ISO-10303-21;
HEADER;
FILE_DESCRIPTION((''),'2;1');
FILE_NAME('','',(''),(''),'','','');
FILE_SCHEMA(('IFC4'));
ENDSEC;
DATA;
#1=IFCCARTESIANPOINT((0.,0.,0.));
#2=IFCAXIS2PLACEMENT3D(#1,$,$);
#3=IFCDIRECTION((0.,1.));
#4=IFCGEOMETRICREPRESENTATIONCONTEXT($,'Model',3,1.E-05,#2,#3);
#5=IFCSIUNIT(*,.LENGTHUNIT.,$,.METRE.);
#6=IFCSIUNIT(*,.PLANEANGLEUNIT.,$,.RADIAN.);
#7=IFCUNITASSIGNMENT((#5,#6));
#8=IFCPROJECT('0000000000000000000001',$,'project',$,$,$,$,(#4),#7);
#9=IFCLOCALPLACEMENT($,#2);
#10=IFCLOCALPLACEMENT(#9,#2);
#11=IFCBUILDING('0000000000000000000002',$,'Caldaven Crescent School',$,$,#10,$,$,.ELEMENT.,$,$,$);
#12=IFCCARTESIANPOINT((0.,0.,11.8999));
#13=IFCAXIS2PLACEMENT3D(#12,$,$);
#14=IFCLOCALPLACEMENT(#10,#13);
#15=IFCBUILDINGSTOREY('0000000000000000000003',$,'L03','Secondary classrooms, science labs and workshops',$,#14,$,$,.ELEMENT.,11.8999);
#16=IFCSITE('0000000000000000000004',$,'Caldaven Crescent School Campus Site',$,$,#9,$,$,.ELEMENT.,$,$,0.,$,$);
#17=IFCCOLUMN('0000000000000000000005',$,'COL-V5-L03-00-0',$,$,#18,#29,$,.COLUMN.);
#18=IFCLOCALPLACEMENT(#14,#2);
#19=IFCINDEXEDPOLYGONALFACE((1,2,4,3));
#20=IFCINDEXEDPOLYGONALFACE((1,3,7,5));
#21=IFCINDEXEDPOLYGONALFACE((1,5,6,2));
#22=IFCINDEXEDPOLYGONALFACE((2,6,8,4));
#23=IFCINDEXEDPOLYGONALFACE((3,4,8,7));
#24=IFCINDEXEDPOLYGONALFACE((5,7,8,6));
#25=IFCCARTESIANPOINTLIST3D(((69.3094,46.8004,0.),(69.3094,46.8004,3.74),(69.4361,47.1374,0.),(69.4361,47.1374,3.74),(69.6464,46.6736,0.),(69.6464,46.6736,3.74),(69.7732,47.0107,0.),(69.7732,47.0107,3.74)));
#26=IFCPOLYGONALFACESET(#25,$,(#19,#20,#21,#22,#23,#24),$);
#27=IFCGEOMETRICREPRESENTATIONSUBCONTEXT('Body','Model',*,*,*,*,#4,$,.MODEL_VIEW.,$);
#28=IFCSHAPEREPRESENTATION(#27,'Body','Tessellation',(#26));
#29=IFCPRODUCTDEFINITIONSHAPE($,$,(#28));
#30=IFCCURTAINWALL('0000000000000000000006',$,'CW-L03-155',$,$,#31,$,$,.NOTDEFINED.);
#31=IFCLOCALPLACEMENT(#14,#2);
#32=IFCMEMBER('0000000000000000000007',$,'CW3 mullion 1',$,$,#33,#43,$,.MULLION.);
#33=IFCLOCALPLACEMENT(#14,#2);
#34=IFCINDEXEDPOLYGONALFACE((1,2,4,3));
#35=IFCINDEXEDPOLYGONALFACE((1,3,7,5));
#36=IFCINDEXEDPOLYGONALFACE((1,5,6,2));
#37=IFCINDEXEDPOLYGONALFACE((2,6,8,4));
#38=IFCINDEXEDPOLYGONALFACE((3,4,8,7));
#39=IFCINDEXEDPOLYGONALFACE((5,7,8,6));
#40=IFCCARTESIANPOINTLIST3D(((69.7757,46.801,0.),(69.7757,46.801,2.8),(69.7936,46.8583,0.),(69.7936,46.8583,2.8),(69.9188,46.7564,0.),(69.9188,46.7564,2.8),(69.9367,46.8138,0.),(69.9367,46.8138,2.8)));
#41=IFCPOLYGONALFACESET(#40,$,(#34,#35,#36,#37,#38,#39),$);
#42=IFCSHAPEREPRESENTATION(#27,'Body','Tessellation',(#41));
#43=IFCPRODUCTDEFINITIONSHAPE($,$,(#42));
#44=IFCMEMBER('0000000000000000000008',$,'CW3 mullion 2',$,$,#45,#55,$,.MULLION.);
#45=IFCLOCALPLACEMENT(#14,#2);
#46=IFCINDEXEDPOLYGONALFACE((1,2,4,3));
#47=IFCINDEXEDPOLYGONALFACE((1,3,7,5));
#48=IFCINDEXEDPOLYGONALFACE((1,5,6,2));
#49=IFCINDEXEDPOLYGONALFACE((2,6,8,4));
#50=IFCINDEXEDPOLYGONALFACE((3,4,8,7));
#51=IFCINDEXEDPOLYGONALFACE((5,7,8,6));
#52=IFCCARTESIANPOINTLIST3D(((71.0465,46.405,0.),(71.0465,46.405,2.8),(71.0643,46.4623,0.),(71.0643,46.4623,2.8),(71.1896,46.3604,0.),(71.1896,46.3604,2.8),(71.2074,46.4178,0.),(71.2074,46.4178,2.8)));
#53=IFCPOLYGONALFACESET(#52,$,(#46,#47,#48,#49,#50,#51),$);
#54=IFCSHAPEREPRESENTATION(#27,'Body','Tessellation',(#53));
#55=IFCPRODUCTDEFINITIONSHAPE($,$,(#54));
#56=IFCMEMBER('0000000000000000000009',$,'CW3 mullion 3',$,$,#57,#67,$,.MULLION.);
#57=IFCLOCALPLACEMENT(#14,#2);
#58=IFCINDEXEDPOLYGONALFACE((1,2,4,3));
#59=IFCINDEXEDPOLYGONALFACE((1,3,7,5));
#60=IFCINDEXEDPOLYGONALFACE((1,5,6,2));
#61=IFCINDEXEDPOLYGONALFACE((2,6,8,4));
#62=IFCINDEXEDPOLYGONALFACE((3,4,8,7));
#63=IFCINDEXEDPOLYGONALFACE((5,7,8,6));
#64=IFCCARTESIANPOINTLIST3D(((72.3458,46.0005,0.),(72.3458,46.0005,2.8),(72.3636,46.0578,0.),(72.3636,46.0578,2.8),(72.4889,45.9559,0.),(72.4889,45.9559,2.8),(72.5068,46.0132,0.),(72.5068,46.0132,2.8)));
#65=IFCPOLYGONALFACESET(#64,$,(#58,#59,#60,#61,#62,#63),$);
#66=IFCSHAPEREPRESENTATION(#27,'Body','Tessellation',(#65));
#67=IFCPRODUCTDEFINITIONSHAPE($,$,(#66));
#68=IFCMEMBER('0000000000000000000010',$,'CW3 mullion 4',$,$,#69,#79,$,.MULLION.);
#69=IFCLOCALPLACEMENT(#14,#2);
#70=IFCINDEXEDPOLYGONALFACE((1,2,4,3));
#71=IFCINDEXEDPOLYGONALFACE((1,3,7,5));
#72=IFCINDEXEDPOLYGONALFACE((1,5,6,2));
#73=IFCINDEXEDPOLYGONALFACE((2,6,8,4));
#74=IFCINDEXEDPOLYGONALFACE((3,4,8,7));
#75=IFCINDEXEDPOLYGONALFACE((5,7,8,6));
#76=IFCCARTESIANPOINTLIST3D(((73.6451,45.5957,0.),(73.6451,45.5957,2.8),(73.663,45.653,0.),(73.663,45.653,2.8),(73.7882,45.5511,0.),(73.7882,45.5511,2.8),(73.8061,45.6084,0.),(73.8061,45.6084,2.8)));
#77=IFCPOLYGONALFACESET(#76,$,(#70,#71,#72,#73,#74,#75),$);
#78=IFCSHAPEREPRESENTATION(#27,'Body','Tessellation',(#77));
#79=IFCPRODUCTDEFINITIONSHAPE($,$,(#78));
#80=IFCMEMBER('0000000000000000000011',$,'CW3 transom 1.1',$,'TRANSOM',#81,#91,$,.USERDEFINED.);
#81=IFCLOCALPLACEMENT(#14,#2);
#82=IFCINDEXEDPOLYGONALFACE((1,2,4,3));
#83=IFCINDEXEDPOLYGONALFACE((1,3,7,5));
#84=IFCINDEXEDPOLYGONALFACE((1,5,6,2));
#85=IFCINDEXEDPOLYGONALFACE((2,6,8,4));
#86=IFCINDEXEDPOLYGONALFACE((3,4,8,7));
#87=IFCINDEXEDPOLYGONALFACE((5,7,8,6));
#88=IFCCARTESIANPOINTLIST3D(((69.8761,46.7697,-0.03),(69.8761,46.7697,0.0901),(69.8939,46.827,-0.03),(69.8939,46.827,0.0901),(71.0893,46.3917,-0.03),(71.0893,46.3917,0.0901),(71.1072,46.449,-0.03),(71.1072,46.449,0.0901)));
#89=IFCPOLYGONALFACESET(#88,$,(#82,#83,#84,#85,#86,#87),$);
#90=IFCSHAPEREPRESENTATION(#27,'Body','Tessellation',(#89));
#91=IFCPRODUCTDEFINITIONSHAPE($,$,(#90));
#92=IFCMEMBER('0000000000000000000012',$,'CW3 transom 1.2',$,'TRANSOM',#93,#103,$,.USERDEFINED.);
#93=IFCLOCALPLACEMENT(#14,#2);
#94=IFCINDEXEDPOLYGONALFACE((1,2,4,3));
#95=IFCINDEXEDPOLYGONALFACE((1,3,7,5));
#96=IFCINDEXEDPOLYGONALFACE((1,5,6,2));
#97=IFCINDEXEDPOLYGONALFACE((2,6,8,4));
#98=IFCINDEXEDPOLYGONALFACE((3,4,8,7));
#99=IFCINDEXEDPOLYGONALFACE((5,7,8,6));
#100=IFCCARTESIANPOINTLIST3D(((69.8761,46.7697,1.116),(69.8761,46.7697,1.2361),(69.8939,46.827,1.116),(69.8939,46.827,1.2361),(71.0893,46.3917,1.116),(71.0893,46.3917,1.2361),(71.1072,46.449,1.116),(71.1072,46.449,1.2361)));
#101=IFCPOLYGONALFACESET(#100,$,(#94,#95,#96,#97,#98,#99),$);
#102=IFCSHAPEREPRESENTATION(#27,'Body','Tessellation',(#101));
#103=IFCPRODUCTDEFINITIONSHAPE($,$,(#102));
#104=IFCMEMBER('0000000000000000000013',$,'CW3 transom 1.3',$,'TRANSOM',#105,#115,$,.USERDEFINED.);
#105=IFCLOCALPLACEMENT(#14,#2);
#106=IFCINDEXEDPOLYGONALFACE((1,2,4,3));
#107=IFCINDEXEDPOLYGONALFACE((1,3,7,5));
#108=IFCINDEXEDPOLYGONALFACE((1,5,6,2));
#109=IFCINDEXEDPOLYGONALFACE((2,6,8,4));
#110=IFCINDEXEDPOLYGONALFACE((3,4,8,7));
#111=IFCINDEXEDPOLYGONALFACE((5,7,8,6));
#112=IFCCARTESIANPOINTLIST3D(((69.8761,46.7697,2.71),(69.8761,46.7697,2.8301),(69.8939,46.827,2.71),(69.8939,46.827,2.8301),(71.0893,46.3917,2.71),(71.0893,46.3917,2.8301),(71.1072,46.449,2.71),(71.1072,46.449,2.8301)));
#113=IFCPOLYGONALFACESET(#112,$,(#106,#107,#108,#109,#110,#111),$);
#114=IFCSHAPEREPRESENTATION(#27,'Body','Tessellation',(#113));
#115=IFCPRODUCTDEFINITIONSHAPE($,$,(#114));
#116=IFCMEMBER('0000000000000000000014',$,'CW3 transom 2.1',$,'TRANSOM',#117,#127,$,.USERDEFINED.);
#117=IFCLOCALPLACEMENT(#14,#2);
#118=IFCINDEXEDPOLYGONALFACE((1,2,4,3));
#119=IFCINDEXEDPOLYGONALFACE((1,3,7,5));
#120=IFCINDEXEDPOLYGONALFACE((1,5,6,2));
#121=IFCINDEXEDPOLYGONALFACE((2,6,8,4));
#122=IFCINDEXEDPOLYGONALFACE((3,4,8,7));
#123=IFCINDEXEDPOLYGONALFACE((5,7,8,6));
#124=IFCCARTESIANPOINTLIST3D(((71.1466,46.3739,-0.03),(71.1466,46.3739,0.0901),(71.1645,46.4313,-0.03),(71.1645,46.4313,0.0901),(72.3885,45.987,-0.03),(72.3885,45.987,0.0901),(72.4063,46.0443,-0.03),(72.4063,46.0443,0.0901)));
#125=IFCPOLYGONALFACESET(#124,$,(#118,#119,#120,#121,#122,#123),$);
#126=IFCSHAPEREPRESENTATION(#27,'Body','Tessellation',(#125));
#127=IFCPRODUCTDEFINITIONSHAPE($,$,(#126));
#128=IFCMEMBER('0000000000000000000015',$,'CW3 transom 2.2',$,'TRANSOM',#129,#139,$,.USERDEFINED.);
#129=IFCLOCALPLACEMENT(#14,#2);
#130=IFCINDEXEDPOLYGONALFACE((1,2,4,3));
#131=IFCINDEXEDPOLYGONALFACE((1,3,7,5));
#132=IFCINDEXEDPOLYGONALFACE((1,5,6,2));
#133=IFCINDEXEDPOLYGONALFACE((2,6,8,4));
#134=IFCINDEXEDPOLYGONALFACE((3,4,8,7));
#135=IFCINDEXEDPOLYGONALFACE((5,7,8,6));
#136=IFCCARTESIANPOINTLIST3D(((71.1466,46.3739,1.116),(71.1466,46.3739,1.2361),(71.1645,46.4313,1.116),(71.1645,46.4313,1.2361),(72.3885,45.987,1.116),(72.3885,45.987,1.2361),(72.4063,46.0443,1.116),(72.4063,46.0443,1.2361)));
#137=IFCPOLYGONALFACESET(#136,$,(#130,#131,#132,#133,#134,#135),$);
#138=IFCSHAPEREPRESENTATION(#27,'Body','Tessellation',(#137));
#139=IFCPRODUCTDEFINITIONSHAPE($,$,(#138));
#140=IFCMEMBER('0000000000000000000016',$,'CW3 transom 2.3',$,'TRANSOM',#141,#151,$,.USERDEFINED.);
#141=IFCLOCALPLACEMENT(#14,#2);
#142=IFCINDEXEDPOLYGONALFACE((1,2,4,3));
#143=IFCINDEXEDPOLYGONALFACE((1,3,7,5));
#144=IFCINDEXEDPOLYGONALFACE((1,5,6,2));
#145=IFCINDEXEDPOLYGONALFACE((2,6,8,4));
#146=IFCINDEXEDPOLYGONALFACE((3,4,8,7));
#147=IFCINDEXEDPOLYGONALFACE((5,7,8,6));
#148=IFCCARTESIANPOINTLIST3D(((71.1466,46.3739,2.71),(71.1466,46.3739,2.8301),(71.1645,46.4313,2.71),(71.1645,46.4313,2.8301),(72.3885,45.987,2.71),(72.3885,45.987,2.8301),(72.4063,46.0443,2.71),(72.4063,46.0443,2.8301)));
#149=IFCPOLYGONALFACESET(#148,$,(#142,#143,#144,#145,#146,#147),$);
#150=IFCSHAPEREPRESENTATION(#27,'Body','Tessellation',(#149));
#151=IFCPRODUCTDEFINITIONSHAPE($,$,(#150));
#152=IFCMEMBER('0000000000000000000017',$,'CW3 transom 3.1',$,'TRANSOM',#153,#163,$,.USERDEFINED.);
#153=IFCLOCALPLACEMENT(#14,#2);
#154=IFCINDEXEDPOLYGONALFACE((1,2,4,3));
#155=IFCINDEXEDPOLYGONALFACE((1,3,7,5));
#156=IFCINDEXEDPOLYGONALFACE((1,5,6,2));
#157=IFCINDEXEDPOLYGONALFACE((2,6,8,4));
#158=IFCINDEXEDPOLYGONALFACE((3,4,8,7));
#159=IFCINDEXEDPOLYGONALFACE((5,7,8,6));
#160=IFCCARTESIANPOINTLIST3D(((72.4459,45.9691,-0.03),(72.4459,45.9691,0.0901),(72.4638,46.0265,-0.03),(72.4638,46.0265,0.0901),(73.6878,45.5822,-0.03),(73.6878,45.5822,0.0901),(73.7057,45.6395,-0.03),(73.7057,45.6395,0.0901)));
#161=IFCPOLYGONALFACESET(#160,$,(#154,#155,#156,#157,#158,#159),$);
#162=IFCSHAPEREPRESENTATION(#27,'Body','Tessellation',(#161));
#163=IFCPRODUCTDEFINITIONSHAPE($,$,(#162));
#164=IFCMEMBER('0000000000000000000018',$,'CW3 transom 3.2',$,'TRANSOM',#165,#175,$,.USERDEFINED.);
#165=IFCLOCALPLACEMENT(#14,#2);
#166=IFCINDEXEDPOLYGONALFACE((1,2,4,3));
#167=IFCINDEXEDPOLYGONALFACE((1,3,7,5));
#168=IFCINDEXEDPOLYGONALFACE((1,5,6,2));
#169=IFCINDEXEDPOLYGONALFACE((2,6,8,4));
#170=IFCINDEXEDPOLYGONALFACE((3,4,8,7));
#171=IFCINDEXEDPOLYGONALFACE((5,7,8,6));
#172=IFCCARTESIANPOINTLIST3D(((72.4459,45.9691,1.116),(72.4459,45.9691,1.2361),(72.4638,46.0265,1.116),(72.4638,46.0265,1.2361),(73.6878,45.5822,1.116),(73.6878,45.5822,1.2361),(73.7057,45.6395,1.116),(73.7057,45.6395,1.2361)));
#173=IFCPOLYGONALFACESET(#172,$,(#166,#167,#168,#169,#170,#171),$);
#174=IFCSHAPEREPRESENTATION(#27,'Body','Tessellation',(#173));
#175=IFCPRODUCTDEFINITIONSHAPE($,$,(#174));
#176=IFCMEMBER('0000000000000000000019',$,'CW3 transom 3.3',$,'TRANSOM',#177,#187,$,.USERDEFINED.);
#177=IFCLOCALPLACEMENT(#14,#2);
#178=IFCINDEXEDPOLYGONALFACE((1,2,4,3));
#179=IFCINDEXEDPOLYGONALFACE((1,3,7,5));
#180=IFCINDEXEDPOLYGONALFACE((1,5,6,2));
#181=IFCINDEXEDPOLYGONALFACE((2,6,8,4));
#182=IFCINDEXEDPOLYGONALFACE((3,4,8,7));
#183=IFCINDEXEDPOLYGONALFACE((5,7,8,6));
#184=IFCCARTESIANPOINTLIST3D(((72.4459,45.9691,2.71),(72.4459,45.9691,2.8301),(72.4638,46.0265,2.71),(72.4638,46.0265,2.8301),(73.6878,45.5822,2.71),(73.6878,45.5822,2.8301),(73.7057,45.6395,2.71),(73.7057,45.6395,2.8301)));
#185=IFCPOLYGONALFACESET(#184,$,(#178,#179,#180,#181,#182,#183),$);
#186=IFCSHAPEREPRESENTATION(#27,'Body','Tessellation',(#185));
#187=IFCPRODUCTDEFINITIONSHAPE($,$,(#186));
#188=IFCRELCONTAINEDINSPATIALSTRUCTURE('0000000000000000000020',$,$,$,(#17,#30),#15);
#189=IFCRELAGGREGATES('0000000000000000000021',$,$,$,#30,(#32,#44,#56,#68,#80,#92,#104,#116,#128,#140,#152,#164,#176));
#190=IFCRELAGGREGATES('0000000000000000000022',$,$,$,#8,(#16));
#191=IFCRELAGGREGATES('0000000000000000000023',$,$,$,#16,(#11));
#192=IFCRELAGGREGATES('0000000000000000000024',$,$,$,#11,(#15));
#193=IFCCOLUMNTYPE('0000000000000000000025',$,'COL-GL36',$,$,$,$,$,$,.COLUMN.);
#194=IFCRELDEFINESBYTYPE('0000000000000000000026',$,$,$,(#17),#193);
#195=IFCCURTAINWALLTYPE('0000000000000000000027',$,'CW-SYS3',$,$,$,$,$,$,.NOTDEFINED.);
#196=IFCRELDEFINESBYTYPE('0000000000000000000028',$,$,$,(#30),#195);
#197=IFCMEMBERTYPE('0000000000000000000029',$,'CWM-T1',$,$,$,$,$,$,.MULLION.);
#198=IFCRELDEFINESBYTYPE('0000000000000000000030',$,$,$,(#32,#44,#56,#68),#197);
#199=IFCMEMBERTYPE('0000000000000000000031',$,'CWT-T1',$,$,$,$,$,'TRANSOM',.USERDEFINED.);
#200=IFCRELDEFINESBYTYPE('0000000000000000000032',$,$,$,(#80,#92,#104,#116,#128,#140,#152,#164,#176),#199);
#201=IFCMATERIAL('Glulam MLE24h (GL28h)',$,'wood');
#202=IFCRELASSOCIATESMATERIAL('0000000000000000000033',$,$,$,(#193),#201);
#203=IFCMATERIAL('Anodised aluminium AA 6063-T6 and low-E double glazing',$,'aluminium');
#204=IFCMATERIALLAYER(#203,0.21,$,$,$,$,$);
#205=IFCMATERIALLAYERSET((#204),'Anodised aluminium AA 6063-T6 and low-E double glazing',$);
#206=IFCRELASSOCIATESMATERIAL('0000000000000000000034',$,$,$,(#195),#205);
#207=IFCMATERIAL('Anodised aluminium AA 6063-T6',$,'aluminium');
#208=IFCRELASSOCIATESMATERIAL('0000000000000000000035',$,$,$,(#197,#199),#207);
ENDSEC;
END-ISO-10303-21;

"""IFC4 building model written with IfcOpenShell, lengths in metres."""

from ifc_helpers import new_model, si_unit, direction, frame, origin, origin_2d, place, context, subcontext, project, spatial, rectangle, extrude, material, layer, layer_set, material_profile, profile_set, type_object, element, aggregate, save


model = new_model("IFC4")

# Units and contexts
model_context = context("Model", 3, precision=1e-05, world=origin(), true_north=direction((0.0, 1.0)))
body_context = subcontext(model_context, "Body", "Model", "MODEL_VIEW")
ifc_project = project(units=[si_unit("LENGTHUNIT", "METRE"), si_unit("PLANEANGLEUNIT", "RADIAN")], contexts=[model_context])

# Site, building, storey
site_placement = place(None, origin())
site = spatial("IfcSite", under=ifc_project, at=site_placement, Name="Caldaven Crescent School Campus Site", CompositionType="ELEMENT", RefElevation=0.0)
building_placement = place(site_placement, origin())
building = spatial("IfcBuilding", under=site, at=building_placement, Name="Caldaven Crescent School", CompositionType="ELEMENT")
storey_placement = place(building_placement, frame((0.0, 0.0, 11.8999)))
storey = spatial("IfcBuildingStorey", under=building, at=storey_placement, Name="L03", Description="Secondary classrooms, science labs and workshops", CompositionType="ELEMENT", Elevation=11.8999)

# Column
ifc_material_1 = material(Name="Glulam MLE24h (GL28h)", Category="wood")
ifc_material_profile_1 = material_profile(ifc_material_1, rectangle(XDim=0.3601, YDim=0.3601, at=origin_2d()), Name="MLE 360x360")
ifc_profile_set_1 = profile_set([ifc_material_profile_1], Name="Glulam MLE24h (GL28h)")
column_type = type_object("IfcColumnType", Name="COL-GL36", PredefinedType="COLUMN", material=ifc_profile_set_1)
column_placement = place(storey_placement, frame((69.5413, 46.9055, 0.0), z_axis=(0.0, 0.0, 1.0), x_axis=(-0.352005, -0.935998, 0.0)))
element("IfcColumn", 1, at=column_placement, inside=storey, type_object=column_type, Name="COL-V5-L03-00-0", PredefinedType="COLUMN", context=body_context, shape_type="SweptSolid", body=[
    extrude(rectangle(XDim=0.3601, YDim=0.3601, at=origin_2d()), origin(), (0.0, 0.0, 1.0), 3.74),
])

# Curtain wall, members
ifc_material_2 = material(Name="Anodised aluminium AA 6063-T6 and low-E double glazing", Category="aluminium")
ifc_layer_1 = layer(ifc_material_2, 0.21)
ifc_layer_set_1 = layer_set([ifc_layer_1], Name="Anodised aluminium AA 6063-T6 and low-E double glazing")
curtain_wall_type = type_object("IfcCurtainWallType", Name="CW-SYS3", PredefinedType="NOTDEFINED", material=ifc_layer_set_1)
curtain_wall_placement = place(storey_placement, origin())
curtain_wall = element("IfcCurtainWall", 2, at=curtain_wall_placement, inside=storey, type_object=curtain_wall_type, Name="CW-L03-155", PredefinedType="NOTDEFINED")
ifc_material_3 = material(Name="Anodised aluminium AA 6063-T6", Category="aluminium")
ifc_material_profile_2 = material_profile(ifc_material_3, rectangle(XDim=0.0601, YDim=0.1499, at=origin_2d()), Name="CWM 60x150")
ifc_profile_set_2 = profile_set([ifc_material_profile_2], Name="Anodised aluminium AA 6063-T6")
member_type_1 = type_object("IfcMemberType", Name="CWM-T1", PredefinedType="MULLION", material=ifc_profile_set_2)
member_1_placement = place(storey_placement, frame((69.8562, 46.8074, 0.0), z_axis=(0.0, 0.0, 1.0), x_axis=(0.29742, 0.954747, 0.0)))
member_1 = element("IfcMember", 3, at=member_1_placement, type_object=member_type_1, Name="CW3 mullion 1", PredefinedType="MULLION", context=body_context, shape_type="SweptSolid", body=[
    extrude(rectangle(XDim=0.0601, YDim=0.1499, at=origin_2d()), origin(), (0.0, 0.0, 1.0), 2.8),
])
member_2_placement = place(storey_placement, frame((71.127, 46.4114, 0.0), z_axis=(0.0, 0.0, 1.0), x_axis=(0.29742, 0.954747, 0.0)))
member_2 = element("IfcMember", 4, at=member_2_placement, type_object=member_type_1, Name="CW3 mullion 2", PredefinedType="MULLION", context=body_context, shape_type="SweptSolid", body=[
    extrude(rectangle(XDim=0.0601, YDim=0.1499, at=origin_2d()), origin(), (0.0, 0.0, 1.0), 2.8),
])
member_3_placement = place(storey_placement, frame((72.4263, 46.0068, 0.0), z_axis=(0.0, 0.0, 1.0), x_axis=(0.29742, 0.954747, 0.0)))
member_3 = element("IfcMember", 5, at=member_3_placement, type_object=member_type_1, Name="CW3 mullion 3", PredefinedType="MULLION", context=body_context, shape_type="SweptSolid", body=[
    extrude(rectangle(XDim=0.0601, YDim=0.1499, at=origin_2d()), origin(), (0.0, 0.0, 1.0), 2.8),
])
member_4_placement = place(storey_placement, frame((73.7256, 45.6021, 0.0), z_axis=(0.0, 0.0, 1.0), x_axis=(0.29742, 0.954747, 0.0)))
member_4 = element("IfcMember", 6, at=member_4_placement, type_object=member_type_1, Name="CW3 mullion 4", PredefinedType="MULLION", context=body_context, shape_type="SweptSolid", body=[
    extrude(rectangle(XDim=0.0601, YDim=0.1499, at=origin_2d()), origin(), (0.0, 0.0, 1.0), 2.8),
])
ifc_material_profile_3 = material_profile(ifc_material_3, rectangle(XDim=0.0601, YDim=0.1201, at=origin_2d()), Name="CWT 60x120")
ifc_profile_set_3 = profile_set([ifc_material_profile_3], Name="Anodised aluminium AA 6063-T6")
member_type_2 = type_object("IfcMemberType", Name="CWT-T1", ElementType="TRANSOM", PredefinedType="USERDEFINED", material=ifc_profile_set_3)
member_5_placement = place(storey_placement, frame((69.885, 46.7983, 0.03), z_axis=(0.954743, -0.297432, 0.0), x_axis=(0.297432, 0.954743, 0.0)))
member_5 = element("IfcMember", 7, at=member_5_placement, type_object=member_type_2, Name="CW3 transom 1.1", ObjectType="TRANSOM", PredefinedType="USERDEFINED", context=body_context, shape_type="SweptSolid", body=[
    extrude(rectangle(XDim=0.0601, YDim=0.1201, at=origin_2d()), origin(), (0.0, 0.0, 1.0), 1.2708),
])
member_6_placement = place(storey_placement, frame((69.885, 46.7983, 1.176), z_axis=(0.954743, -0.297432, 0.0), x_axis=(0.297432, 0.954743, 0.0)))
member_6 = element("IfcMember", 8, at=member_6_placement, type_object=member_type_2, Name="CW3 transom 1.2", ObjectType="TRANSOM", PredefinedType="USERDEFINED", context=body_context, shape_type="SweptSolid", body=[
    extrude(rectangle(XDim=0.0601, YDim=0.1201, at=origin_2d()), origin(), (0.0, 0.0, 1.0), 1.2708),
])
member_7_placement = place(storey_placement, frame((69.885, 46.7983, 2.77), z_axis=(0.954743, -0.297432, 0.0), x_axis=(0.297432, 0.954743, 0.0)))
member_7 = element("IfcMember", 9, at=member_7_placement, type_object=member_type_2, Name="CW3 transom 1.3", ObjectType="TRANSOM", PredefinedType="USERDEFINED", context=body_context, shape_type="SweptSolid", body=[
    extrude(rectangle(XDim=0.0601, YDim=0.1201, at=origin_2d()), origin(), (0.0, 0.0, 1.0), 1.2708),
])
member_8_placement = place(storey_placement, frame((71.1555, 46.4026, 0.03), z_axis=(0.95473, -0.297473, 0.0), x_axis=(0.297473, 0.95473, 0.0)))
member_8 = element("IfcMember", 10, at=member_8_placement, type_object=member_type_2, Name="CW3 transom 2.1", ObjectType="TRANSOM", PredefinedType="USERDEFINED", context=body_context, shape_type="SweptSolid", body=[
    extrude(rectangle(XDim=0.0601, YDim=0.1201, at=origin_2d()), origin(), (0.0, 0.0, 1.0), 1.3008),
])
member_9_placement = place(storey_placement, frame((71.1555, 46.4026, 1.176), z_axis=(0.95473, -0.297473, 0.0), x_axis=(0.297473, 0.95473, 0.0)))
member_9 = element("IfcMember", 11, at=member_9_placement, type_object=member_type_2, Name="CW3 transom 2.2", ObjectType="TRANSOM", PredefinedType="USERDEFINED", context=body_context, shape_type="SweptSolid", body=[
    extrude(rectangle(XDim=0.0601, YDim=0.1201, at=origin_2d()), origin(), (0.0, 0.0, 1.0), 1.3008),
])
member_10_placement = place(storey_placement, frame((71.1555, 46.4026, 2.77), z_axis=(0.95473, -0.297473, 0.0), x_axis=(0.297473, 0.95473, 0.0)))
member_10 = element("IfcMember", 12, at=member_10_placement, type_object=member_type_2, Name="CW3 transom 2.3", ObjectType="TRANSOM", PredefinedType="USERDEFINED", context=body_context, shape_type="SweptSolid", body=[
    extrude(rectangle(XDim=0.0601, YDim=0.1201, at=origin_2d()), origin(), (0.0, 0.0, 1.0), 1.3008),
])
member_11_placement = place(storey_placement, frame((72.4548, 45.9978, 0.03), z_axis=(0.95473, -0.297473, 0.0), x_axis=(0.297473, 0.95473, 0.0)))
member_11 = element("IfcMember", 13, at=member_11_placement, type_object=member_type_2, Name="CW3 transom 3.1", ObjectType="TRANSOM", PredefinedType="USERDEFINED", context=body_context, shape_type="SweptSolid", body=[
    extrude(rectangle(XDim=0.0601, YDim=0.1201, at=origin_2d()), origin(), (0.0, 0.0, 1.0), 1.3008),
])
member_12_placement = place(storey_placement, frame((72.4548, 45.9978, 1.176), z_axis=(0.95473, -0.297473, 0.0), x_axis=(0.297473, 0.95473, 0.0)))
member_12 = element("IfcMember", 14, at=member_12_placement, type_object=member_type_2, Name="CW3 transom 3.2", ObjectType="TRANSOM", PredefinedType="USERDEFINED", context=body_context, shape_type="SweptSolid", body=[
    extrude(rectangle(XDim=0.0601, YDim=0.1201, at=origin_2d()), origin(), (0.0, 0.0, 1.0), 1.3008),
])
member_13_placement = place(storey_placement, frame((72.4548, 45.9978, 2.77), z_axis=(0.95473, -0.297473, 0.0), x_axis=(0.297473, 0.95473, 0.0)))
member_13 = element("IfcMember", 15, at=member_13_placement, type_object=member_type_2, Name="CW3 transom 3.3", ObjectType="TRANSOM", PredefinedType="USERDEFINED", context=body_context, shape_type="SweptSolid", body=[
    extrude(rectangle(XDim=0.0601, YDim=0.1201, at=origin_2d()), origin(), (0.0, 0.0, 1.0), 1.3008),
])

aggregate(curtain_wall, [member_1, member_2, member_3, member_4, member_5, member_6, member_7, member_8, member_9, member_10, member_11, member_12, member_13])

save(model, "model.ifc")
